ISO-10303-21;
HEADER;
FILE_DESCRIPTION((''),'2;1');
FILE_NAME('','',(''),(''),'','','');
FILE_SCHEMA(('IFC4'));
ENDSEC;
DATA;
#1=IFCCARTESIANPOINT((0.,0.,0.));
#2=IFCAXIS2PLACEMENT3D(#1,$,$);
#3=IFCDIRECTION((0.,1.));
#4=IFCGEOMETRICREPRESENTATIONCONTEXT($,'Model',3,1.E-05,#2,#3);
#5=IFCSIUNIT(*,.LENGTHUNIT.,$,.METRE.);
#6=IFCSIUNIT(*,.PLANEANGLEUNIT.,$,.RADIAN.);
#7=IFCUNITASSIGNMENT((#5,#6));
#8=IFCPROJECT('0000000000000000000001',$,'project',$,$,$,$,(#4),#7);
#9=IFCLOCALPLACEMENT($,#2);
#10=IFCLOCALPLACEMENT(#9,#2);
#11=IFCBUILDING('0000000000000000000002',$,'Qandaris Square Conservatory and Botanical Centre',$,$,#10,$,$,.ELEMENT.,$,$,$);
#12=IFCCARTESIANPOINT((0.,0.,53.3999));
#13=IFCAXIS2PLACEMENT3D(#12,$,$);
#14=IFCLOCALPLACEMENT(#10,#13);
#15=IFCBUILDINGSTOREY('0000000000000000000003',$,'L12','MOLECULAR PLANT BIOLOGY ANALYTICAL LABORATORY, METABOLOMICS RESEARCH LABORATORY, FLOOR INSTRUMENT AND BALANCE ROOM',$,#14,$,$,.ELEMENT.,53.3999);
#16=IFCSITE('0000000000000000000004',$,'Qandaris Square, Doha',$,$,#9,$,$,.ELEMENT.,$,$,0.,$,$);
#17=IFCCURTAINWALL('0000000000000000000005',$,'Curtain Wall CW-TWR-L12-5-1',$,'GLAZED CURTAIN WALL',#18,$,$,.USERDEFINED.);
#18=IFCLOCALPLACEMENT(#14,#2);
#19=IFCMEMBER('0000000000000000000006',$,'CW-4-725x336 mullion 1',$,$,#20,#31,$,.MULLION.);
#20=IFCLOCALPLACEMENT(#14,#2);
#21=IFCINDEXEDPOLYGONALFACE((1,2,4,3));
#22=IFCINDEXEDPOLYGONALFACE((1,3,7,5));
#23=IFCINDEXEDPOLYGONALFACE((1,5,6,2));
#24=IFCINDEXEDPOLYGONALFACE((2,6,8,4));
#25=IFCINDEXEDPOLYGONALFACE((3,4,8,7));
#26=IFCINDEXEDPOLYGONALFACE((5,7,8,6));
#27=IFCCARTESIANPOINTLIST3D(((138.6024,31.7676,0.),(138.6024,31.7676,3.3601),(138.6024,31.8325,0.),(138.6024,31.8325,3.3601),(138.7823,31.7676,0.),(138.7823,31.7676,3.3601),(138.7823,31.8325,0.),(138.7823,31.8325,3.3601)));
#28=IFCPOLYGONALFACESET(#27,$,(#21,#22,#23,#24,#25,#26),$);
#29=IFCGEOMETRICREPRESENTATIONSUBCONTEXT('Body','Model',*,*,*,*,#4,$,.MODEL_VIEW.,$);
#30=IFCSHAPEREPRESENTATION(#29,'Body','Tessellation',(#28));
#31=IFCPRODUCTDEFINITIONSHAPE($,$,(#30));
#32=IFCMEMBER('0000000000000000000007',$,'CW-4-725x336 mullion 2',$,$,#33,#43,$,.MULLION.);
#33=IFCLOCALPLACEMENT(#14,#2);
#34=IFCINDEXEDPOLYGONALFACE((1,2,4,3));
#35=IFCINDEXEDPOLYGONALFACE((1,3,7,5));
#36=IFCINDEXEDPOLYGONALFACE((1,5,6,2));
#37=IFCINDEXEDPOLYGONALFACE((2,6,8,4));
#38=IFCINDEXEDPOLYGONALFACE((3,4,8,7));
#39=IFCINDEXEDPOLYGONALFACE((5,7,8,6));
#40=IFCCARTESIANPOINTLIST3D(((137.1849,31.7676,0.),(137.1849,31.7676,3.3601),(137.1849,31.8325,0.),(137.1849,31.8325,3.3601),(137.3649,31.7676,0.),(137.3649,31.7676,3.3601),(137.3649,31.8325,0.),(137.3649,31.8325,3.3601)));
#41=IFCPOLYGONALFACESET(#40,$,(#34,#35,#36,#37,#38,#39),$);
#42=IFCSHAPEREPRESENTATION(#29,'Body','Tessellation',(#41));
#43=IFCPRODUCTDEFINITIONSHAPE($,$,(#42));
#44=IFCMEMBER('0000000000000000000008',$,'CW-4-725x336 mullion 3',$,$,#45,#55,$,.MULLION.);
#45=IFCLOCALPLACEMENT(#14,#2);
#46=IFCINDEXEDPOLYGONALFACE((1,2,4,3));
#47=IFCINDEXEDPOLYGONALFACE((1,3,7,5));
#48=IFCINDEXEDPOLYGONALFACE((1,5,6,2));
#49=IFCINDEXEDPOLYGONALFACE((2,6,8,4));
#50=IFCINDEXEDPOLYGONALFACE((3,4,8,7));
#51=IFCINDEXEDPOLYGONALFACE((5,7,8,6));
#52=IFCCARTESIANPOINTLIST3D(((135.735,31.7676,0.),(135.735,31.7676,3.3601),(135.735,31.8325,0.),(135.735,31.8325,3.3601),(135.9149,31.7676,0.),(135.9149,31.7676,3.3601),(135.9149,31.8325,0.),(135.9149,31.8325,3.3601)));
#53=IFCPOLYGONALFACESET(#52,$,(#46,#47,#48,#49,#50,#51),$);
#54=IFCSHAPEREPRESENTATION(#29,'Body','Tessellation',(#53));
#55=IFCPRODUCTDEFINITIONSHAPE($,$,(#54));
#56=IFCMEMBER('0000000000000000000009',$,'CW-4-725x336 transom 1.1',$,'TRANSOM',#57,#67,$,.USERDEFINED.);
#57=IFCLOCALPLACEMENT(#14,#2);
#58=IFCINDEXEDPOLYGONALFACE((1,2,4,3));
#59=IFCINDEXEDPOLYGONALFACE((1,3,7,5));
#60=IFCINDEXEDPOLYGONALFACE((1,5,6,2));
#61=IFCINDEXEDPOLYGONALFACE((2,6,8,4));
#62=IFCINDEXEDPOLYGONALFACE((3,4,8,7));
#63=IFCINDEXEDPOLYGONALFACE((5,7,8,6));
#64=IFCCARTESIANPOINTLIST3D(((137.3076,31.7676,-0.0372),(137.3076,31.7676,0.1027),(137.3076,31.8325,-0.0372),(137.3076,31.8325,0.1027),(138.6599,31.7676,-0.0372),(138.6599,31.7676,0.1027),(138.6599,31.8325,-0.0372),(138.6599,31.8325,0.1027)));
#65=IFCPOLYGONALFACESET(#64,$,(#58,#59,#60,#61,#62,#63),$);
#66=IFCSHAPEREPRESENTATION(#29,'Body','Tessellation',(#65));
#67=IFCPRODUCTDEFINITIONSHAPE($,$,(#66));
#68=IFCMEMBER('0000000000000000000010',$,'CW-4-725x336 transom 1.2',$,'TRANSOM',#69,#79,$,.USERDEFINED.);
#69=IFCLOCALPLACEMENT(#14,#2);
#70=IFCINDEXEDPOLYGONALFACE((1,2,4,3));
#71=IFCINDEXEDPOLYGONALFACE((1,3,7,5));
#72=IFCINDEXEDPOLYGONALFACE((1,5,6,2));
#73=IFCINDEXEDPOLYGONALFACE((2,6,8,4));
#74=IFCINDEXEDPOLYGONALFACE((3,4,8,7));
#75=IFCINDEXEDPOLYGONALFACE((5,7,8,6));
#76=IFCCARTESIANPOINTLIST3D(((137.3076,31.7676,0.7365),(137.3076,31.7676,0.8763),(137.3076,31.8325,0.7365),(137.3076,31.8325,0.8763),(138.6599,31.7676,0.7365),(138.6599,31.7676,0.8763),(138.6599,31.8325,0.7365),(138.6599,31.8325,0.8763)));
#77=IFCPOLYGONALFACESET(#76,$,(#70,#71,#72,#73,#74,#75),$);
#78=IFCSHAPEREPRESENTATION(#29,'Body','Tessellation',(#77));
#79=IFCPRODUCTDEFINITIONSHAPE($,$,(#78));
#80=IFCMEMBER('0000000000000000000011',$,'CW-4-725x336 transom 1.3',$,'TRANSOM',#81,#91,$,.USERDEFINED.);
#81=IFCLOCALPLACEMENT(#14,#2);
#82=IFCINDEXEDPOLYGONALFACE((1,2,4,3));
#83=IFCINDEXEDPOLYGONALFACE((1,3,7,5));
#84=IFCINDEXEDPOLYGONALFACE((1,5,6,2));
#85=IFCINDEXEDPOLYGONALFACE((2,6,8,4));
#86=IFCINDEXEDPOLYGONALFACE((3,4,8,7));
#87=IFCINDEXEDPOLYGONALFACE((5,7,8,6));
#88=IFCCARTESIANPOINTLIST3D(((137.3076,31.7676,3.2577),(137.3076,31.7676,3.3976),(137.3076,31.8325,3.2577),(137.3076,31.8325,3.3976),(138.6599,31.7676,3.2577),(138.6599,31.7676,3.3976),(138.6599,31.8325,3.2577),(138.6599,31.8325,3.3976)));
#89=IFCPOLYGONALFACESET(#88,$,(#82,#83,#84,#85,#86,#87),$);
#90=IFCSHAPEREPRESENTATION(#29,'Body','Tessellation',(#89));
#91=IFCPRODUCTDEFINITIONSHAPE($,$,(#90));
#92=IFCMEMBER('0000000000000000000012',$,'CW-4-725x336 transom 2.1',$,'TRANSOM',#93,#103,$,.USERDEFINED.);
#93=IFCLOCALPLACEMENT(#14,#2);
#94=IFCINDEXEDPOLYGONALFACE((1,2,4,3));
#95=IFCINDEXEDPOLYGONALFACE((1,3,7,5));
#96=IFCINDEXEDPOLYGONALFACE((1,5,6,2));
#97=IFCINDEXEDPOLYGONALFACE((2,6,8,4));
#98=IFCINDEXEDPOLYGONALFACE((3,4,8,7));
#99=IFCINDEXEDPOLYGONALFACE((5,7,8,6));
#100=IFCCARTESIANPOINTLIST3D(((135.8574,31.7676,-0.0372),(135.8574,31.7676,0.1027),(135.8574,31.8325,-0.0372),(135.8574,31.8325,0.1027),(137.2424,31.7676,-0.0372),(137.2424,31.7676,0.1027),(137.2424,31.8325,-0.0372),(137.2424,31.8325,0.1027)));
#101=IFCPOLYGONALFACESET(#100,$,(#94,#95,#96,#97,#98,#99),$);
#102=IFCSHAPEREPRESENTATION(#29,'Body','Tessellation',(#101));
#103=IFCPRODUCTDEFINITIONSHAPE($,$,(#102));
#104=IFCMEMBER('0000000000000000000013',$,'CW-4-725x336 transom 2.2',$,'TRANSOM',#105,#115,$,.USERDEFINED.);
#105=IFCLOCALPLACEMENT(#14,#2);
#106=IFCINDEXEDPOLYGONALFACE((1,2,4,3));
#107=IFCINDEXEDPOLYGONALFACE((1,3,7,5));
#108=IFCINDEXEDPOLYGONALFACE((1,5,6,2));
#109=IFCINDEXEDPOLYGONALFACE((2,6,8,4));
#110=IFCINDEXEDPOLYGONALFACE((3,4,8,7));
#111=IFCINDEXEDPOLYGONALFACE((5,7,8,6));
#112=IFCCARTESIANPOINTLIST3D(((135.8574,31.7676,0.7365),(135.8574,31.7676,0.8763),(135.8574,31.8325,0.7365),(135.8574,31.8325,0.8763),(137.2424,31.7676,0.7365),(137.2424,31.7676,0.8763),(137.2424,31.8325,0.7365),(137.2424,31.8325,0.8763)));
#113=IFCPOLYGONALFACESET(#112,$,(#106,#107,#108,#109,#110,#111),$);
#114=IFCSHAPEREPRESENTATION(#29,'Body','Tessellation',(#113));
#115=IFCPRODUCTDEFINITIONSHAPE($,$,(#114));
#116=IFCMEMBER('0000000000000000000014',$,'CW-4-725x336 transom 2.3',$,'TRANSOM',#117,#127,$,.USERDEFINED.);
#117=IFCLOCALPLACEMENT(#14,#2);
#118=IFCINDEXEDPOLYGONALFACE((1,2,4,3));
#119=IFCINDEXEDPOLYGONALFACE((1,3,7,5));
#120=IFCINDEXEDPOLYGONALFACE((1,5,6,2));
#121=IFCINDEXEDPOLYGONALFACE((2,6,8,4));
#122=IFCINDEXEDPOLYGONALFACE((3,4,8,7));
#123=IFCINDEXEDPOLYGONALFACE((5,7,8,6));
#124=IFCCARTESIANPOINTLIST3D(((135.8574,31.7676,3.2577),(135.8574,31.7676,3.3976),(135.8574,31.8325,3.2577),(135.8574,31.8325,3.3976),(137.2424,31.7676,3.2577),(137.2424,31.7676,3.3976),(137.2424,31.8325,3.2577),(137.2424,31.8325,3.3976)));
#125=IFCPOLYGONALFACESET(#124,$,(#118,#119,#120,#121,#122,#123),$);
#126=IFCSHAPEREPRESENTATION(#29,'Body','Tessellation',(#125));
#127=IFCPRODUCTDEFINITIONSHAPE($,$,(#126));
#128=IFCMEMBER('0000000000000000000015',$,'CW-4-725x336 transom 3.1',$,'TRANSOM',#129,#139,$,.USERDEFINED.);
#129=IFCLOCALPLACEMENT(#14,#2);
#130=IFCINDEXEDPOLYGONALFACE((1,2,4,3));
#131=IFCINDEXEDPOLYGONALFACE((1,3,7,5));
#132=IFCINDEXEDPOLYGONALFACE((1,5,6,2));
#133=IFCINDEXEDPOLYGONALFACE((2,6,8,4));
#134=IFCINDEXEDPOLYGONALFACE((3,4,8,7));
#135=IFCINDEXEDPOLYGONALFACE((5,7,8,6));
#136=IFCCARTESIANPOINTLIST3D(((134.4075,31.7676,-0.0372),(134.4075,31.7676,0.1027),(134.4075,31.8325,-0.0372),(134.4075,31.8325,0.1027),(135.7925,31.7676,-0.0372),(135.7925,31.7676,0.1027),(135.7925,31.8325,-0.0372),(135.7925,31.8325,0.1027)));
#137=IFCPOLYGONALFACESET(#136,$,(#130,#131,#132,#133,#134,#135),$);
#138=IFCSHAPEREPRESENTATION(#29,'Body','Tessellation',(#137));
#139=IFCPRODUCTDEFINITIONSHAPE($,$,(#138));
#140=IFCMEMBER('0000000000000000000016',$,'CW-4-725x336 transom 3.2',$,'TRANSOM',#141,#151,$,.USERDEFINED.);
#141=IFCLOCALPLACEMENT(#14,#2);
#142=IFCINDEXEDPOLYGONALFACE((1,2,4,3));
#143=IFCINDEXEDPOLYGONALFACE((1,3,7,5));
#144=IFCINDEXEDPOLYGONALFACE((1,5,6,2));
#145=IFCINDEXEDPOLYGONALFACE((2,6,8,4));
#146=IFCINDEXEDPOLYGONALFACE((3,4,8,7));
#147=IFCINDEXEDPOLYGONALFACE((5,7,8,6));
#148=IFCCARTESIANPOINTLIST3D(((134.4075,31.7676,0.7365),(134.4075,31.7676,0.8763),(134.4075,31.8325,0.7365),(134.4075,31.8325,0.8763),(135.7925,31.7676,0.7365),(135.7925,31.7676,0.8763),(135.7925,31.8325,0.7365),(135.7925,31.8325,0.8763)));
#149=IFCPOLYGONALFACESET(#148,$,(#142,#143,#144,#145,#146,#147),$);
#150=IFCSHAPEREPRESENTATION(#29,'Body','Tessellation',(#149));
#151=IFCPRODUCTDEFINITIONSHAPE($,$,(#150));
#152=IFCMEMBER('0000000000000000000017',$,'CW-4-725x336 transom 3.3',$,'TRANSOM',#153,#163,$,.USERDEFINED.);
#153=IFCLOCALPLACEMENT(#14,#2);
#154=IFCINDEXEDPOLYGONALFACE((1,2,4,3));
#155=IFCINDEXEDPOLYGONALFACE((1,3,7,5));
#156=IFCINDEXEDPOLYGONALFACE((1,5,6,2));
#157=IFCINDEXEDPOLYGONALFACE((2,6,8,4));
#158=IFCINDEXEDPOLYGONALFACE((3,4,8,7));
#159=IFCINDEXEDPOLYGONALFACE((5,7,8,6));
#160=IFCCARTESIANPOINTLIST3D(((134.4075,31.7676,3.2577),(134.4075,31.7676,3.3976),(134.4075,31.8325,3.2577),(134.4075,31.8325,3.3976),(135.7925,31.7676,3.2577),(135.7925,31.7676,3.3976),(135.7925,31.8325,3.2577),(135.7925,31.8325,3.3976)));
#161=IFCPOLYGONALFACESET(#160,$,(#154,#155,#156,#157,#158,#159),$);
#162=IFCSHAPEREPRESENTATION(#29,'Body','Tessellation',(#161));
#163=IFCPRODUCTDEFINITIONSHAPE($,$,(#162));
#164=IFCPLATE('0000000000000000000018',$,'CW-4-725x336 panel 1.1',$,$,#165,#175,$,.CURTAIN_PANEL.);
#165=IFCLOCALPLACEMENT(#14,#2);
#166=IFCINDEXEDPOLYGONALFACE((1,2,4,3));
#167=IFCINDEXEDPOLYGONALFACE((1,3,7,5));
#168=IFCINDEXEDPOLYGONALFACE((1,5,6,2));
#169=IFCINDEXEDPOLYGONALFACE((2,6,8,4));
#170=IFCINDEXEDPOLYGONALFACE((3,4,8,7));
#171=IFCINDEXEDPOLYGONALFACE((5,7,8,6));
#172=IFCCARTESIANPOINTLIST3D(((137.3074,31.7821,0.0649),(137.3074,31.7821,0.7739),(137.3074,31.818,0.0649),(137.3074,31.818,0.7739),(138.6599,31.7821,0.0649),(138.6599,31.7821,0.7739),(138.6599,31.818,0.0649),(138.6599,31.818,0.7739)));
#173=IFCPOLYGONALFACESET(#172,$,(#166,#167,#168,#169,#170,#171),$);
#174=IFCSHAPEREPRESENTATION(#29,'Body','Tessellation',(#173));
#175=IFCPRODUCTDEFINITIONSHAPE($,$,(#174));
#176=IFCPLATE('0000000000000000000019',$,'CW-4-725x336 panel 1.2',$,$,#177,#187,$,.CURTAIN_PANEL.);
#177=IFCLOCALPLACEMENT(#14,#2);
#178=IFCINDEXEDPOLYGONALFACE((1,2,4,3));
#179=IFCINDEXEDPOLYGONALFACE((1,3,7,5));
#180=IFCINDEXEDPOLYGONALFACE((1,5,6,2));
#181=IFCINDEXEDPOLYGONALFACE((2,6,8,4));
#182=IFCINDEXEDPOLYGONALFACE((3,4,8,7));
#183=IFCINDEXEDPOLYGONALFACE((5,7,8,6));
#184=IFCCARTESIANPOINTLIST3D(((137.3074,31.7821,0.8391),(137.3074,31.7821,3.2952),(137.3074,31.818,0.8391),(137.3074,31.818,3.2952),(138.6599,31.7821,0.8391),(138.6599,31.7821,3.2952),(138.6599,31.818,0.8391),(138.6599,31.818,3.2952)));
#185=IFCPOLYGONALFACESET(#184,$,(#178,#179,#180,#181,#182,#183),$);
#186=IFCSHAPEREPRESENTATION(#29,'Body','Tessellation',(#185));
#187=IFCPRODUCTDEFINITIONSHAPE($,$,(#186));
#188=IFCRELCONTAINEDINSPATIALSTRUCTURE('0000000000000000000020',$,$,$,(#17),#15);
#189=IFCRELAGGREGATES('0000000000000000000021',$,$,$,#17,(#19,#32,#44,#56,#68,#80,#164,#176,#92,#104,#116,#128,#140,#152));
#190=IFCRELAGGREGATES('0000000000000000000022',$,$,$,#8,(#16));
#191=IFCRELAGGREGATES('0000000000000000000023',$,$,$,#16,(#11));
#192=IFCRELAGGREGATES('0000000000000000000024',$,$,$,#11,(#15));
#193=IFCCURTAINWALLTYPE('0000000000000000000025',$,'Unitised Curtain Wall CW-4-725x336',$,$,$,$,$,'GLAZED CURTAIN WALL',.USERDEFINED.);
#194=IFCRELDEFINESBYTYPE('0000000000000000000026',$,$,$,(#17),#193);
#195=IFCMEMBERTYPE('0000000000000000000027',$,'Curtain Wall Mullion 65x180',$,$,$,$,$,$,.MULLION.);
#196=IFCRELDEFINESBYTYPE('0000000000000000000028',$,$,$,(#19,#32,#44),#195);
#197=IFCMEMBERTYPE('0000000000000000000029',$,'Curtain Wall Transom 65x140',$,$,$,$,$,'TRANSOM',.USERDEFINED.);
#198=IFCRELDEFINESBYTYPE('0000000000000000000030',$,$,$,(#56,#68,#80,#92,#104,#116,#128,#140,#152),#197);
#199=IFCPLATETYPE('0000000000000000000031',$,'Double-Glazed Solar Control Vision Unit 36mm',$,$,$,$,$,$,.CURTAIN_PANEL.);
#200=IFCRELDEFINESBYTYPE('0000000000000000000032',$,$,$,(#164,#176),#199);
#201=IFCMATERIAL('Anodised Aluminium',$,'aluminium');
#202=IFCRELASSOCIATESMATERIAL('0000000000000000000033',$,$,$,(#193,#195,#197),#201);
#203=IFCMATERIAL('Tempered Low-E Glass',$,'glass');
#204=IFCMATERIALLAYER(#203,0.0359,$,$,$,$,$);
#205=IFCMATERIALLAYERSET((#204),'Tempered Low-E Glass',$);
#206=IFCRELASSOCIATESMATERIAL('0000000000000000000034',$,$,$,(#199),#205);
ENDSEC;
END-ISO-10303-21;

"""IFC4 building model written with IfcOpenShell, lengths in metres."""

from ifc_helpers import new_model, si_unit, direction, frame, origin, origin_2d, place, context, subcontext, project, spatial, rectangle, extrude, material, layer, layer_set, material_profile, profile_set, type_object, element, aggregate, save


model = new_model("IFC4")

# Units and contexts
model_context = context("Model", 3, precision=1e-05, world=origin(), true_north=direction((0.0, 1.0)))
body_context = subcontext(model_context, "Body", "Model", "MODEL_VIEW")
ifc_project = project(units=[si_unit("LENGTHUNIT", "METRE"), si_unit("PLANEANGLEUNIT", "RADIAN")], contexts=[model_context])

# Site, building, storey
site_placement = place(None, origin())
site = spatial("IfcSite", under=ifc_project, at=site_placement, Name="Qandaris Square, Doha", CompositionType="ELEMENT", RefElevation=0.0)
building_placement = place(site_placement, origin())
building = spatial("IfcBuilding", under=site, at=building_placement, Name="Qandaris Square Conservatory and Botanical Centre", CompositionType="ELEMENT")
storey_placement = place(building_placement, frame((0.0, 0.0, 53.3999)))
storey = spatial("IfcBuildingStorey", under=building, at=storey_placement, Name="L12", Description="MOLECULAR PLANT BIOLOGY ANALYTICAL LABORATORY, METABOLOMICS RESEARCH LABORATORY, FLOOR INSTRUMENT AND BALANCE ROOM", CompositionType="ELEMENT", Elevation=53.3999)

# Curtain wall, members, plates
ifc_material_1 = material(Name="Anodised Aluminium", Category="aluminium")
curtain_wall_type = type_object("IfcCurtainWallType", Name="Unitised Curtain Wall CW-4-725x336", ElementType="GLAZED CURTAIN WALL", PredefinedType="USERDEFINED", material=ifc_material_1)
curtain_wall_placement = place(storey_placement, origin())
curtain_wall = element("IfcCurtainWall", 1, at=curtain_wall_placement, inside=storey, type_object=curtain_wall_type, Name="Curtain Wall CW-TWR-L12-5-1", ObjectType="GLAZED CURTAIN WALL", PredefinedType="USERDEFINED")
ifc_material_profile_1 = material_profile(ifc_material_1, rectangle(XDim=0.0649, YDim=0.1799, at=origin_2d()), Name="ALU-MUL 65x180")
ifc_profile_set_1 = profile_set([ifc_material_profile_1], Name="Anodised Aluminium")
member_type_1 = type_object("IfcMemberType", Name="Curtain Wall Mullion 65x180", PredefinedType="MULLION", material=ifc_profile_set_1)
member_1_placement = place(storey_placement, frame((138.6924, 31.8, 0.0), z_axis=(0.0, 0.0, 1.0), x_axis=(0.0, -1.0, 0.0)))
member_1 = element("IfcMember", 2, at=member_1_placement, type_object=member_type_1, Name="CW-4-725x336 mullion 1", PredefinedType="MULLION", context=body_context, shape_type="SweptSolid", body=[
    extrude(rectangle(XDim=0.0649, YDim=0.1799, at=origin_2d()), origin(), (0.0, 0.0, 1.0), 3.3601),
])
member_2_placement = place(storey_placement, frame((137.2749, 31.8, 0.0), z_axis=(0.0, 0.0, 1.0), x_axis=(0.0, -1.0, 0.0)))
member_2 = element("IfcMember", 3, at=member_2_placement, type_object=member_type_1, Name="CW-4-725x336 mullion 2", PredefinedType="MULLION", context=body_context, shape_type="SweptSolid", body=[
    extrude(rectangle(XDim=0.0649, YDim=0.1799, at=origin_2d()), origin(), (0.0, 0.0, 1.0), 3.3601),
])
member_3_placement = place(storey_placement, frame((135.825, 31.8, 0.0), z_axis=(0.0, 0.0, 1.0), x_axis=(0.0, -1.0, 0.0)))
member_3 = element("IfcMember", 4, at=member_3_placement, type_object=member_type_1, Name="CW-4-725x336 mullion 3", PredefinedType="MULLION", context=body_context, shape_type="SweptSolid", body=[
    extrude(rectangle(XDim=0.0649, YDim=0.1799, at=origin_2d()), origin(), (0.0, 0.0, 1.0), 3.3601),
])
ifc_material_profile_2 = material_profile(ifc_material_1, rectangle(XDim=0.0649, YDim=0.1399, at=origin_2d()), Name="ALU-TRN 65x140")
ifc_profile_set_2 = profile_set([ifc_material_profile_2], Name="Anodised Aluminium")
member_type_2 = type_object("IfcMemberType", Name="Curtain Wall Transom 65x140", ElementType="TRANSOM", PredefinedType="USERDEFINED", material=ifc_profile_set_2)
member_4_placement = place(storey_placement, frame((138.6599, 31.8, 0.0327), z_axis=(-1.0, 0.0, 0.0), x_axis=(0.0, -1.0, 0.0)))
member_4 = element("IfcMember", 5, at=member_4_placement, type_object=member_type_2, Name="CW-4-725x336 transom 1.1", ObjectType="TRANSOM", PredefinedType="USERDEFINED", context=body_context, shape_type="SweptSolid", body=[
    extrude(rectangle(XDim=0.0649, YDim=0.1399, at=origin_2d()), origin(), (0.0, 0.0, 1.0), 1.3523),
])
member_5_placement = place(storey_placement, frame((138.6599, 31.8, 0.8064), z_axis=(-1.0, 0.0, 0.0), x_axis=(0.0, -1.0, 0.0)))
member_5 = element("IfcMember", 6, at=member_5_placement, type_object=member_type_2, Name="CW-4-725x336 transom 1.2", ObjectType="TRANSOM", PredefinedType="USERDEFINED", context=body_context, shape_type="SweptSolid", body=[
    extrude(rectangle(XDim=0.0649, YDim=0.1399, at=origin_2d()), origin(), (0.0, 0.0, 1.0), 1.3523),
])
member_6_placement = place(storey_placement, frame((138.6599, 31.8, 3.3276), z_axis=(-1.0, 0.0, 0.0), x_axis=(0.0, -1.0, 0.0)))
member_6 = element("IfcMember", 7, at=member_6_placement, type_object=member_type_2, Name="CW-4-725x336 transom 1.3", ObjectType="TRANSOM", PredefinedType="USERDEFINED", context=body_context, shape_type="SweptSolid", body=[
    extrude(rectangle(XDim=0.0649, YDim=0.1399, at=origin_2d()), origin(), (0.0, 0.0, 1.0), 1.3523),
])
member_7_placement = place(storey_placement, frame((137.2424, 31.8, 0.0327), z_axis=(-1.0, 0.0, 0.0), x_axis=(0.0, -1.0, 0.0)))
member_7 = element("IfcMember", 8, at=member_7_placement, type_object=member_type_2, Name="CW-4-725x336 transom 2.1", ObjectType="TRANSOM", PredefinedType="USERDEFINED", context=body_context, shape_type="SweptSolid", body=[
    extrude(rectangle(XDim=0.0649, YDim=0.1399, at=origin_2d()), origin(), (0.0, 0.0, 1.0), 1.385),
])
member_8_placement = place(storey_placement, frame((137.2424, 31.8, 0.8064), z_axis=(-1.0, 0.0, 0.0), x_axis=(0.0, -1.0, 0.0)))
member_8 = element("IfcMember", 9, at=member_8_placement, type_object=member_type_2, Name="CW-4-725x336 transom 2.2", ObjectType="TRANSOM", PredefinedType="USERDEFINED", context=body_context, shape_type="SweptSolid", body=[
    extrude(rectangle(XDim=0.0649, YDim=0.1399, at=origin_2d()), origin(), (0.0, 0.0, 1.0), 1.385),
])
member_9_placement = place(storey_placement, frame((137.2424, 31.8, 3.3276), z_axis=(-1.0, 0.0, 0.0), x_axis=(0.0, -1.0, 0.0)))
member_9 = element("IfcMember", 10, at=member_9_placement, type_object=member_type_2, Name="CW-4-725x336 transom 2.3", ObjectType="TRANSOM", PredefinedType="USERDEFINED", context=body_context, shape_type="SweptSolid", body=[
    extrude(rectangle(XDim=0.0649, YDim=0.1399, at=origin_2d()), origin(), (0.0, 0.0, 1.0), 1.385),
])
member_10_placement = place(storey_placement, frame((135.7925, 31.8, 0.0327), z_axis=(-1.0, 0.0, 0.0), x_axis=(0.0, -1.0, 0.0)))
member_10 = element("IfcMember", 11, at=member_10_placement, type_object=member_type_2, Name="CW-4-725x336 transom 3.1", ObjectType="TRANSOM", PredefinedType="USERDEFINED", context=body_context, shape_type="SweptSolid", body=[
    extrude(rectangle(XDim=0.0649, YDim=0.1399, at=origin_2d()), origin(), (0.0, 0.0, 1.0), 1.385),
])
member_11_placement = place(storey_placement, frame((135.7925, 31.8, 0.8064), z_axis=(-1.0, 0.0, 0.0), x_axis=(0.0, -1.0, 0.0)))
member_11 = element("IfcMember", 12, at=member_11_placement, type_object=member_type_2, Name="CW-4-725x336 transom 3.2", ObjectType="TRANSOM", PredefinedType="USERDEFINED", context=body_context, shape_type="SweptSolid", body=[
    extrude(rectangle(XDim=0.0649, YDim=0.1399, at=origin_2d()), origin(), (0.0, 0.0, 1.0), 1.385),
])
member_12_placement = place(storey_placement, frame((135.7925, 31.8, 3.3276), z_axis=(-1.0, 0.0, 0.0), x_axis=(0.0, -1.0, 0.0)))
member_12 = element("IfcMember", 13, at=member_12_placement, type_object=member_type_2, Name="CW-4-725x336 transom 3.3", ObjectType="TRANSOM", PredefinedType="USERDEFINED", context=body_context, shape_type="SweptSolid", body=[
    extrude(rectangle(XDim=0.0649, YDim=0.1399, at=origin_2d()), origin(), (0.0, 0.0, 1.0), 1.385),
])
ifc_material_2 = material(Name="Tempered Low-E Glass", Category="glass")
ifc_layer_1 = layer(ifc_material_2, 0.0359)
ifc_layer_set_1 = layer_set([ifc_layer_1], Name="Tempered Low-E Glass")
plate_type_1 = type_object("IfcPlateType", Name="Double-Glazed Solar Control Vision Unit 36mm", PredefinedType="CURTAIN_PANEL", material=ifc_layer_set_1)
plate_1_placement = place(storey_placement, frame((137.9836, 31.8, 0.0649), z_axis=(0.0, 0.0, 1.0), x_axis=(-1.0, 0.0, 0.0)))
plate_1 = element("IfcPlate", 14, at=plate_1_placement, type_object=plate_type_1, Name="CW-4-725x336 panel 1.1", PredefinedType="CURTAIN_PANEL", context=body_context, shape_type="SweptSolid", body=[
    extrude(rectangle(XDim=1.3525, YDim=0.0359, at=origin_2d()), origin(), (0.0, 0.0, 1.0), 0.709),
])
plate_2_placement = place(storey_placement, frame((137.9836, 31.8, 0.8391), z_axis=(0.0, 0.0, 1.0), x_axis=(-1.0, 0.0, 0.0)))
plate_2 = element("IfcPlate", 15, at=plate_2_placement, type_object=plate_type_1, Name="CW-4-725x336 panel 1.2", PredefinedType="CURTAIN_PANEL", context=body_context, shape_type="SweptSolid", body=[
    extrude(rectangle(XDim=1.3525, YDim=0.0359, at=origin_2d()), origin(), (0.0, 0.0, 1.0), 2.4561),
])
aggregate(curtain_wall, [member_1, member_2, member_3, member_4, member_5, member_6, plate_1, plate_2, member_7, member_8, member_9, member_10, member_11, member_12])

save(model, "model.ifc")
